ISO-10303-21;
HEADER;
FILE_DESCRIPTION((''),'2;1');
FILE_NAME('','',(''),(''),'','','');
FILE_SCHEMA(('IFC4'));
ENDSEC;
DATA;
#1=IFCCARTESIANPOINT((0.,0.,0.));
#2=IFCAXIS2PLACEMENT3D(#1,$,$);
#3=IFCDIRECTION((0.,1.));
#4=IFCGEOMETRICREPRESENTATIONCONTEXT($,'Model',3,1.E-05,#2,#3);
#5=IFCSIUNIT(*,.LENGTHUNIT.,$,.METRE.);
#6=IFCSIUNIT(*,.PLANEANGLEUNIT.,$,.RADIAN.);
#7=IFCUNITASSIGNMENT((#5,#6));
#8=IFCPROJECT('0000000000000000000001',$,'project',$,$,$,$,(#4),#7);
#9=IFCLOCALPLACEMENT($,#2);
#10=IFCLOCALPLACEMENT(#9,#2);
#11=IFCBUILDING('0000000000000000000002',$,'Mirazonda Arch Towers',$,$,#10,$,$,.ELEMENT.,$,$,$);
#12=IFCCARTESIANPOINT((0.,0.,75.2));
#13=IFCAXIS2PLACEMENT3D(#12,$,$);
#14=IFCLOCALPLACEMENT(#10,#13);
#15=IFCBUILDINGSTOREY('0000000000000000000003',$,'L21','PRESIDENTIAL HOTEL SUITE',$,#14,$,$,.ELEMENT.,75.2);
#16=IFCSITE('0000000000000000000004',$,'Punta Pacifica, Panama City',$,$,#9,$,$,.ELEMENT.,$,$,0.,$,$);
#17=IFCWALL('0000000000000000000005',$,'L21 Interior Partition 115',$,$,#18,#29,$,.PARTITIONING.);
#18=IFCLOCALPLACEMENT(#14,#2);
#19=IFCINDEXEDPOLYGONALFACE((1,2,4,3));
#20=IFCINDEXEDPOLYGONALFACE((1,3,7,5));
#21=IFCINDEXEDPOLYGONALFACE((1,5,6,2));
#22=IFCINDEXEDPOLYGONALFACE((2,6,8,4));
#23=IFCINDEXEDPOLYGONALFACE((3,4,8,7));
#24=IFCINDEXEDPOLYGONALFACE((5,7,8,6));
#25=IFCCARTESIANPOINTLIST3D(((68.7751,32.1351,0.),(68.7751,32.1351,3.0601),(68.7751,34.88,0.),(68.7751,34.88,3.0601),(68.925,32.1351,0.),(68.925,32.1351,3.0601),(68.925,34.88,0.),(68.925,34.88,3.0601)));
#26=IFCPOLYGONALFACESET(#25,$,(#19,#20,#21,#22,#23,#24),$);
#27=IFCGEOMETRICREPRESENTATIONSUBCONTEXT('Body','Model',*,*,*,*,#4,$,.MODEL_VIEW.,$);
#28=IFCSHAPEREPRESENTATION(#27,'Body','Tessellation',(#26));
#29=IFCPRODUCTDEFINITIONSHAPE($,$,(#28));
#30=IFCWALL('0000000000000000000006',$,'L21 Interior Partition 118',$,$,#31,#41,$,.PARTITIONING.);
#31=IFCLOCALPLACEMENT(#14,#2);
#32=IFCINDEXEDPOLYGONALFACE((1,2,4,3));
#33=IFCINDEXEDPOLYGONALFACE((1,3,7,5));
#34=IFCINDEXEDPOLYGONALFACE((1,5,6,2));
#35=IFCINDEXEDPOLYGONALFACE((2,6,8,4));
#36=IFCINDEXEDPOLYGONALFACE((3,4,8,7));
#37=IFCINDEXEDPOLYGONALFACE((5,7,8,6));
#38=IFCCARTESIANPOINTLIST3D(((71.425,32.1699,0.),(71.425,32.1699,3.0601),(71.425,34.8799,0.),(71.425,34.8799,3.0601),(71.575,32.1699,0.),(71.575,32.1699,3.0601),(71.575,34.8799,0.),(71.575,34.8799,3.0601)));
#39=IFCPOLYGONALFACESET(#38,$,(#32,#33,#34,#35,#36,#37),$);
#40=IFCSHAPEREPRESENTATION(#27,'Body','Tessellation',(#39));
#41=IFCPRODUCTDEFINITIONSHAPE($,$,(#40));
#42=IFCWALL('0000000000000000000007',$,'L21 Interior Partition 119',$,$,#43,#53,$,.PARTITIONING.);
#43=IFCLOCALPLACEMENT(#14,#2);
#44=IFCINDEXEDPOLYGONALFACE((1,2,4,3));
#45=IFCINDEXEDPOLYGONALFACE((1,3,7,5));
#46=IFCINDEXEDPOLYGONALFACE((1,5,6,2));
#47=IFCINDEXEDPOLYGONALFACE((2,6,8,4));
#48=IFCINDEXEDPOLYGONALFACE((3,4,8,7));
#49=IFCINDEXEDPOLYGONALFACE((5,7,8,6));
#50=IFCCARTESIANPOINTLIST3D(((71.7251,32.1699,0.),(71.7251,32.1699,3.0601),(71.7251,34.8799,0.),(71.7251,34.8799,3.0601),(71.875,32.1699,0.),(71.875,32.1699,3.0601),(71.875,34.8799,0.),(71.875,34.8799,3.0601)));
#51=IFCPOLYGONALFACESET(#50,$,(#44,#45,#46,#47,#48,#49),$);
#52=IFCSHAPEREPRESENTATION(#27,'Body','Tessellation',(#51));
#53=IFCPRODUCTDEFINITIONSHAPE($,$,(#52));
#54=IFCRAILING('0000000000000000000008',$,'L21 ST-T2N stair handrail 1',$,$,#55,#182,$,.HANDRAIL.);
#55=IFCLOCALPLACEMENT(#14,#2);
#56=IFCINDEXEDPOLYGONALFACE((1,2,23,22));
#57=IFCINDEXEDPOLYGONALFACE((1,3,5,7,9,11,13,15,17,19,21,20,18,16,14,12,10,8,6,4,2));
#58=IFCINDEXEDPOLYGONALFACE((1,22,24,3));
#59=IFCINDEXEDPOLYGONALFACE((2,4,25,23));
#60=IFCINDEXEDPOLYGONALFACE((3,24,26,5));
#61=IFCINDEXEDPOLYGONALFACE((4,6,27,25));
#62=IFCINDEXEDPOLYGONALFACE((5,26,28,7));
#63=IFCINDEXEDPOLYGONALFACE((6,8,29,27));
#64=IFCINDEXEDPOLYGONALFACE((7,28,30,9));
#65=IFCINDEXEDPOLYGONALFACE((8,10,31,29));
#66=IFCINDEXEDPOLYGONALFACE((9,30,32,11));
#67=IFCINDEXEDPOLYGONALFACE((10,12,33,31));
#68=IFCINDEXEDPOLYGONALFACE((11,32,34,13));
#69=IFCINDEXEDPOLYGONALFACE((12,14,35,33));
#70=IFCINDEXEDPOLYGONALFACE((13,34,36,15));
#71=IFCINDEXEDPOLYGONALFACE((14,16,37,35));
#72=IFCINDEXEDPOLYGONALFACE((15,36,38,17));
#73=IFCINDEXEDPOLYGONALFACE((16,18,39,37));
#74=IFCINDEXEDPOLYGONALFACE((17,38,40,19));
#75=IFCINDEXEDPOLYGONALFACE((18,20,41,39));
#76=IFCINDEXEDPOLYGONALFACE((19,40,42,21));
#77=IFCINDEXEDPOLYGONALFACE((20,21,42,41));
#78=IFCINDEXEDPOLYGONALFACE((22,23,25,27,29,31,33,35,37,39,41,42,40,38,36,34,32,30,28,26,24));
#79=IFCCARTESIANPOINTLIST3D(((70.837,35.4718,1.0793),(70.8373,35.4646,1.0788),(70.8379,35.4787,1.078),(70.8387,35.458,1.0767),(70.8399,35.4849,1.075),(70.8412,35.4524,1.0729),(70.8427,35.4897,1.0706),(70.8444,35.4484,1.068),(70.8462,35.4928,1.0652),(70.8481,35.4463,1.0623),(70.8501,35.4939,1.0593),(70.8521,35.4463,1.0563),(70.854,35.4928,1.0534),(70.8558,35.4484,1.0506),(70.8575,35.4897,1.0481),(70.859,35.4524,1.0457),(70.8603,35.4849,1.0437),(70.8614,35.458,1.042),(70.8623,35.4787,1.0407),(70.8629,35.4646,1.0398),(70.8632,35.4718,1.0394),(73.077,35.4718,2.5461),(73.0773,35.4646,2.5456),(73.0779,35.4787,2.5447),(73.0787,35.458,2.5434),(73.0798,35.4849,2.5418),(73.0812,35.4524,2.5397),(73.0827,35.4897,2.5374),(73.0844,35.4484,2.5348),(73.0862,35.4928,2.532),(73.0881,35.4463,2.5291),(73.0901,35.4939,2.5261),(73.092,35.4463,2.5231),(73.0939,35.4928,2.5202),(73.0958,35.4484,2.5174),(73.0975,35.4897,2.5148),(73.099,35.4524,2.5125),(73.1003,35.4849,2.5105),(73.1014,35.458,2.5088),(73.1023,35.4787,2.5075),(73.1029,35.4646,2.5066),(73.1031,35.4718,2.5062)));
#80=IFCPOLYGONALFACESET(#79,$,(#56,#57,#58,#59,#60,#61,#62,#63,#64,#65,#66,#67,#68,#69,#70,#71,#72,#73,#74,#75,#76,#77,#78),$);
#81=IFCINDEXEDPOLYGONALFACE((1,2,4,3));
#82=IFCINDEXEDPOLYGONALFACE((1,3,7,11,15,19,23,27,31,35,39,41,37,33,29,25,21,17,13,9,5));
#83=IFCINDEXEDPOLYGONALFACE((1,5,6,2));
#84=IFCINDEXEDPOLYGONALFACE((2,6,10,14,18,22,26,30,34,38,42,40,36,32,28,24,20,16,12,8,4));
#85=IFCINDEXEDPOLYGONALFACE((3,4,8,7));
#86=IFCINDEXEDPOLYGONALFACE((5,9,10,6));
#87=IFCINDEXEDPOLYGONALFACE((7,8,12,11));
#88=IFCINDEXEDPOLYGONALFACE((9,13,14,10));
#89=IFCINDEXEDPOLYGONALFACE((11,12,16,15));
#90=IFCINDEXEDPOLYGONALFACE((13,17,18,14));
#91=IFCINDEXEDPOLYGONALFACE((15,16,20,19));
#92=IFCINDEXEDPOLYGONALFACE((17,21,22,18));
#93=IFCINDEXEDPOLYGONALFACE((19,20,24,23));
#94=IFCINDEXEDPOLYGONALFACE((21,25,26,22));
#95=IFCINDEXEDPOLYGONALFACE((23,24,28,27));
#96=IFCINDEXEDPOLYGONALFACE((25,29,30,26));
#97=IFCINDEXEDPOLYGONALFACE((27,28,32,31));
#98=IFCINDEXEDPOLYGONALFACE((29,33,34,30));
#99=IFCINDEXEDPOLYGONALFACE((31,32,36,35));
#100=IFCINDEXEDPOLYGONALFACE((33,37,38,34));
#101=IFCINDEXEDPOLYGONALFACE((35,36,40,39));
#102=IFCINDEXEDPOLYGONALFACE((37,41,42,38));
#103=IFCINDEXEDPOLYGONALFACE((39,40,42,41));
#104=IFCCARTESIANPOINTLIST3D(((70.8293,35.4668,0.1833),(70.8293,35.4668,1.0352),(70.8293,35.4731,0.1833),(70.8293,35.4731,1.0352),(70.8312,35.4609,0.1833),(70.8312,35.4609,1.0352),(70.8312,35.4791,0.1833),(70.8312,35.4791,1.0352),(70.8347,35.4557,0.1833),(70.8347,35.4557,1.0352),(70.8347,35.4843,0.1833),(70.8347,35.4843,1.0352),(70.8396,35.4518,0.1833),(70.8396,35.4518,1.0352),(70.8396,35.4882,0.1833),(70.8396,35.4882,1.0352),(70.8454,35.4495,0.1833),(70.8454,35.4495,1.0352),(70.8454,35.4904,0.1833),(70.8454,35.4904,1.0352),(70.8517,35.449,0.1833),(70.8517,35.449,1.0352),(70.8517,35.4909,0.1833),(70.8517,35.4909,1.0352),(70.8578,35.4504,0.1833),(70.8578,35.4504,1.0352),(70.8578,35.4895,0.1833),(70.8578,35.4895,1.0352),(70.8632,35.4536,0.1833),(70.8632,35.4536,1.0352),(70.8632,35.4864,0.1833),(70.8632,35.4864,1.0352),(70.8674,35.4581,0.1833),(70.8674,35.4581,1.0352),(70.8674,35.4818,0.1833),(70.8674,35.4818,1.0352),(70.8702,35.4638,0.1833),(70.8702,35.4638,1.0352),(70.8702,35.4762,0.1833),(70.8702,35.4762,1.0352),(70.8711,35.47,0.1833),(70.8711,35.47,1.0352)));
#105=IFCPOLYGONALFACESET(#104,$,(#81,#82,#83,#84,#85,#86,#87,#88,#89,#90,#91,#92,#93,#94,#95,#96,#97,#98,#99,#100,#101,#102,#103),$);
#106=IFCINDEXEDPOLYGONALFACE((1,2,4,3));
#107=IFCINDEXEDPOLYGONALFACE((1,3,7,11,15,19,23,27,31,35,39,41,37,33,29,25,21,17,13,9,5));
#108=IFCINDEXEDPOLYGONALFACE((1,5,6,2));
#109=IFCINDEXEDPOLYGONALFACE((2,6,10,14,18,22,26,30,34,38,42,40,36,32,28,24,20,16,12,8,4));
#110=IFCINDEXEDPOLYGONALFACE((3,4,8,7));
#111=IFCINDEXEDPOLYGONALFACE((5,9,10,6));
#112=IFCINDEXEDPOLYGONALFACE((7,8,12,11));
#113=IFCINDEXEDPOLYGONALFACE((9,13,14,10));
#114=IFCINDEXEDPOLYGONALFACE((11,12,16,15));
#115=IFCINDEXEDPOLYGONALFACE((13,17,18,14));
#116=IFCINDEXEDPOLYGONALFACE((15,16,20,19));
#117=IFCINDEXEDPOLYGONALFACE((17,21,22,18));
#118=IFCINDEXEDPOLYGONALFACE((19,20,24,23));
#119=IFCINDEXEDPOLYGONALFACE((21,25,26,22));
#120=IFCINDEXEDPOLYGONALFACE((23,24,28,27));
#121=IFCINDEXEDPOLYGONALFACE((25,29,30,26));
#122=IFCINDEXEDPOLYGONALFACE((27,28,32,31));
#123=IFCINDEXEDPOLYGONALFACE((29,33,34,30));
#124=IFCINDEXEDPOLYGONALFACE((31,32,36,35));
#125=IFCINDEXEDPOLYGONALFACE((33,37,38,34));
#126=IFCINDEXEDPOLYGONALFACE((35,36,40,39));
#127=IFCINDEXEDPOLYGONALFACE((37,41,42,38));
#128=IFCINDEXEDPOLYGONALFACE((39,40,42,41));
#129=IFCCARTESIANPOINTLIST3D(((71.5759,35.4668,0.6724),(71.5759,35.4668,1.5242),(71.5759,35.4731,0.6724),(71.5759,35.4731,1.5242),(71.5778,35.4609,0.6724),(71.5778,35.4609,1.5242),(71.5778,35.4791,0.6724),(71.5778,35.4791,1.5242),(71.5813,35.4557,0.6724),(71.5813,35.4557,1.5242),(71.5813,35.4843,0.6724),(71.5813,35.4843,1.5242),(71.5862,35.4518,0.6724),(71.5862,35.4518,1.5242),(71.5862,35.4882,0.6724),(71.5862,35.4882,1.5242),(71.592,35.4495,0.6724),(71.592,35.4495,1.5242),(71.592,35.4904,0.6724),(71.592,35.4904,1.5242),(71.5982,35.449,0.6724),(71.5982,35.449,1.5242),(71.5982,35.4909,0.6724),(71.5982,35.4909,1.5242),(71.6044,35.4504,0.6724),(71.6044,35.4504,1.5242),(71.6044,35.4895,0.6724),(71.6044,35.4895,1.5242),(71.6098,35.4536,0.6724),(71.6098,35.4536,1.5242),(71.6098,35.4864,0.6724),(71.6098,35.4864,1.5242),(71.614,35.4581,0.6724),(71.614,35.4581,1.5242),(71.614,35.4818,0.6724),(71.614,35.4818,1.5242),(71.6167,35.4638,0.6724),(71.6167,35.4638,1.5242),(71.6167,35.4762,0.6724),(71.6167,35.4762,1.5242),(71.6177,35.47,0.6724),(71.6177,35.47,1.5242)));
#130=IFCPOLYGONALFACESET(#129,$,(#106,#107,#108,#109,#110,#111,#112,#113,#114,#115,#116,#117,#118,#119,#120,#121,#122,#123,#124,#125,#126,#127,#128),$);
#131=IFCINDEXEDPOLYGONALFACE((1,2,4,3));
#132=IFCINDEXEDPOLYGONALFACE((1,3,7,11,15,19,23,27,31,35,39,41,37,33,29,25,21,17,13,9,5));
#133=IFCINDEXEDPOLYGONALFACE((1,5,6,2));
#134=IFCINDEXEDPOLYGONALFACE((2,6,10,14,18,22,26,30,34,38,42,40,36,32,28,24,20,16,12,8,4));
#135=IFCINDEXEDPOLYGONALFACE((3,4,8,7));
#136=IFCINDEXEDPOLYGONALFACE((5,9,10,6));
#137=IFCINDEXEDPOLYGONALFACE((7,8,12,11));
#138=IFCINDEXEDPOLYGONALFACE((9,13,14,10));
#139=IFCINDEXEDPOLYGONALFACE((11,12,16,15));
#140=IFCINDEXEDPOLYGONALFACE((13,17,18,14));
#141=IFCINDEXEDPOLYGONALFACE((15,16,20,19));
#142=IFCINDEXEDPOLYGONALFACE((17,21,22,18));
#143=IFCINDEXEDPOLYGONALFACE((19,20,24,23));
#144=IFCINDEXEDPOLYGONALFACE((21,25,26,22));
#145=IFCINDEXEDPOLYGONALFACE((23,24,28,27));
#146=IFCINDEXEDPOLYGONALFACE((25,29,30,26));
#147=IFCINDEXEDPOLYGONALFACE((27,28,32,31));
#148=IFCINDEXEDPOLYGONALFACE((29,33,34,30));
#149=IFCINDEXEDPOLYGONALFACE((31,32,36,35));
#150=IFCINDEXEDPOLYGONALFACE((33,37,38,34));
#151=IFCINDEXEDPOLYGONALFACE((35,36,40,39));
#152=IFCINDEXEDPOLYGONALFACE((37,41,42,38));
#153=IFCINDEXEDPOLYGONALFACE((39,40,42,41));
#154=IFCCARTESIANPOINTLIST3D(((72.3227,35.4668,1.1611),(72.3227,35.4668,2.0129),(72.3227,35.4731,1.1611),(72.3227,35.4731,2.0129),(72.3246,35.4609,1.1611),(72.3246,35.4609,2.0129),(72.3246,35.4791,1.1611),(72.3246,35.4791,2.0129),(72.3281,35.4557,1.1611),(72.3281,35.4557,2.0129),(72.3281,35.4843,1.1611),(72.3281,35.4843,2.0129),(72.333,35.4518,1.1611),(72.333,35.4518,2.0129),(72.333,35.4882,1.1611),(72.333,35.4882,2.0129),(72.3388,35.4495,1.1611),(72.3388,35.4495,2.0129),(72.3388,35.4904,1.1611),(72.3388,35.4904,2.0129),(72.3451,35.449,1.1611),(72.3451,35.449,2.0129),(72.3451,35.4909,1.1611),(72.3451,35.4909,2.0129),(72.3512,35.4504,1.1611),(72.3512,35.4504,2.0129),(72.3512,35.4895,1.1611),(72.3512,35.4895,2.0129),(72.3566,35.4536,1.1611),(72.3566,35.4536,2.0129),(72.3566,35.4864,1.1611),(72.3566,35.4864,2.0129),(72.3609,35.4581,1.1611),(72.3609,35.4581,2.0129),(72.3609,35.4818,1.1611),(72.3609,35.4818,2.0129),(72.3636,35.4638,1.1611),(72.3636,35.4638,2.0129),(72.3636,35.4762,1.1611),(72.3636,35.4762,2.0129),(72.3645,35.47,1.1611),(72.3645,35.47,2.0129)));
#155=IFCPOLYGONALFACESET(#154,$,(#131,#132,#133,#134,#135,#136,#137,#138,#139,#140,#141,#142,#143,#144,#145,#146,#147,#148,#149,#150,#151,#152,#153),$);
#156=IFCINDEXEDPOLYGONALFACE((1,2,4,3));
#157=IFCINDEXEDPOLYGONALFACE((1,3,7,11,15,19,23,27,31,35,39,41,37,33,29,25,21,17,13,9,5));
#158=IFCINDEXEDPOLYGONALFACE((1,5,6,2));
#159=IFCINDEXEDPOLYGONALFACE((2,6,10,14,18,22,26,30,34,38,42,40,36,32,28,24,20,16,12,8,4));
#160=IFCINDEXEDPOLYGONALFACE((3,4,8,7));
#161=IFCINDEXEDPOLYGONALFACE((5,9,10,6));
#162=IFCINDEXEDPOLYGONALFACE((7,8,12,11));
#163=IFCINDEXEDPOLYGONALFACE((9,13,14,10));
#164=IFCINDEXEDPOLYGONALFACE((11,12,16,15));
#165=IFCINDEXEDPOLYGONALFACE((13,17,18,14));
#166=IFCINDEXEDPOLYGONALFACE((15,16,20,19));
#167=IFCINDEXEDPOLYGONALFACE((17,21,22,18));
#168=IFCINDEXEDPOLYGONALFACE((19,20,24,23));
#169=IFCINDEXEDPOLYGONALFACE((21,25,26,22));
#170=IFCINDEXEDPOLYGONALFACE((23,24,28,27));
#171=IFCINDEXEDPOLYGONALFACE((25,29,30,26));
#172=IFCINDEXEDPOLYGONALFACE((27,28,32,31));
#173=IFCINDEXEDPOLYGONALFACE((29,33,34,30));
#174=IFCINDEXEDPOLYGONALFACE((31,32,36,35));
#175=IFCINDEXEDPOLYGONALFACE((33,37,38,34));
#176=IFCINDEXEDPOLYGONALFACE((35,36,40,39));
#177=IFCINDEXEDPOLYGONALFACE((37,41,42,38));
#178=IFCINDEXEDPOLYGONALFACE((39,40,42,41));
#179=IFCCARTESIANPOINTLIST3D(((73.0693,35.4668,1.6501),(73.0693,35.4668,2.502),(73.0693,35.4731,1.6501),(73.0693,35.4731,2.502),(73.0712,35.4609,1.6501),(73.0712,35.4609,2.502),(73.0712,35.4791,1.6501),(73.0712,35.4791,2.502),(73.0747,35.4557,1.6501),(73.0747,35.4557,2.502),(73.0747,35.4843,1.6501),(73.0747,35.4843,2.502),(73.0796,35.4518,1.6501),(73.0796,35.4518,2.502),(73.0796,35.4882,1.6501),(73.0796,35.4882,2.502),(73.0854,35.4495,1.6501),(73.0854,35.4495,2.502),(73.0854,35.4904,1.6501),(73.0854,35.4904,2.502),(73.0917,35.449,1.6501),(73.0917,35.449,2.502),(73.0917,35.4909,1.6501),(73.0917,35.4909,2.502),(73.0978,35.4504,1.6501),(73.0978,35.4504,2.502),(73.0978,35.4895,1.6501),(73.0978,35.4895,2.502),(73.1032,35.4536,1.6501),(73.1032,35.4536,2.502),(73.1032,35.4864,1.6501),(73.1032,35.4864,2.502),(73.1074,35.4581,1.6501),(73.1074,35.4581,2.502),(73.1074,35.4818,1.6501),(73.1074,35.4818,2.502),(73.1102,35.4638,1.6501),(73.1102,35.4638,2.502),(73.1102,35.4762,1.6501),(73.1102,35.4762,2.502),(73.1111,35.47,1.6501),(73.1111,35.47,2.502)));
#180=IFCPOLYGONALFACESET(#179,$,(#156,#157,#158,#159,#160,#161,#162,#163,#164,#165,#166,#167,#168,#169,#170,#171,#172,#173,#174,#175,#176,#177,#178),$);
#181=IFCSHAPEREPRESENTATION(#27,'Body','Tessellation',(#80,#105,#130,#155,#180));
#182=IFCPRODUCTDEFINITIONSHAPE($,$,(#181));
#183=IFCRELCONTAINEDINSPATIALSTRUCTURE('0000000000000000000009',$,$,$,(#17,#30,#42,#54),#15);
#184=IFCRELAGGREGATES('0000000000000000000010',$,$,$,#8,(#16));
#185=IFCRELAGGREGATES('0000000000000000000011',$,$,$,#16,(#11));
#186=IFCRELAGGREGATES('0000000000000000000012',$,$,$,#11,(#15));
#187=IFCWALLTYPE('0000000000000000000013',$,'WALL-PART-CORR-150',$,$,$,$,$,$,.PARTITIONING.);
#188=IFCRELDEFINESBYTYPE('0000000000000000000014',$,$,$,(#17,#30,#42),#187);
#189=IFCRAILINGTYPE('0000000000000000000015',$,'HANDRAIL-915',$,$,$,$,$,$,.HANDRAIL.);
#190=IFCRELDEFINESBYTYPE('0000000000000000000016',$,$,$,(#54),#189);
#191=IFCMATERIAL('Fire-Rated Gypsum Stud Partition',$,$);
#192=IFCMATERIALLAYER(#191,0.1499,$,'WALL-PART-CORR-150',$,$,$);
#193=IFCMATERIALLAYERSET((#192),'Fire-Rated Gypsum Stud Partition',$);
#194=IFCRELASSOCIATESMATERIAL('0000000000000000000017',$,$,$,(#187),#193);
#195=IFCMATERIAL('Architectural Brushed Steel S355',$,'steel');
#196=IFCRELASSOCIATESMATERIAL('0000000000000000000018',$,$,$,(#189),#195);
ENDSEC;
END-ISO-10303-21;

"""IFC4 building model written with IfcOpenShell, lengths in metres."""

from ifc_helpers import new_model, si_unit, direction, frame, frame_2d, origin, origin_2d, place, context, subcontext, project, spatial, rectangle, circle, extrude, material, layer, layer_set, type_object, element, save


model = new_model("IFC4")

# Units and contexts
model_context = context("Model", 3, precision=1e-05, world=origin(), true_north=direction((0.0, 1.0)))
body_context = subcontext(model_context, "Body", "Model", "MODEL_VIEW")
ifc_project = project(units=[si_unit("LENGTHUNIT", "METRE"), si_unit("PLANEANGLEUNIT", "RADIAN")], contexts=[model_context])

# Site, building, storey
site_placement = place(None, origin())
site = spatial("IfcSite", under=ifc_project, at=site_placement, Name="Punta Pacifica, Panama City", CompositionType="ELEMENT", RefElevation=0.0)
building_placement = place(site_placement, origin())
building = spatial("IfcBuilding", under=site, at=building_placement, Name="Mirazonda Arch Towers", CompositionType="ELEMENT")
storey_placement = place(building_placement, frame((0.0, 0.0, 75.2)))
storey = spatial("IfcBuildingStorey", under=building, at=storey_placement, Name="L21", Description="PRESIDENTIAL HOTEL SUITE", CompositionType="ELEMENT", Elevation=75.2)

# Shared definitions
ifc_material_1 = material(Name="Architectural Brushed Steel S355", Category="steel")
ifc_material_2 = material(Name="Fire-Rated Gypsum Stud Partition")
ifc_layer_1 = layer(ifc_material_2, 0.1499, Name="WALL-PART-CORR-150")
ifc_layer_set_1 = layer_set([ifc_layer_1], Name="Fire-Rated Gypsum Stud Partition")
wall_type_1 = type_object("IfcWallType", Name="WALL-PART-CORR-150", PredefinedType="PARTITIONING", material=ifc_layer_set_1)

# Walls
wall_1_placement = place(storey_placement, frame((68.8501, 32.135, 0.0), z_axis=(0.0, 0.0, 1.0), x_axis=(0.0, 1.0, 0.0)))
element("IfcWall", 1, at=wall_1_placement, inside=storey, type_object=wall_type_1, Name="L21 Interior Partition 115", PredefinedType="PARTITIONING", context=body_context, shape_type="SweptSolid", body=[
    extrude(rectangle(XDim=2.7449, YDim=0.1499, at=frame_2d((1.3726, 0.0))), origin(), (0.0, 0.0, 1.0), 3.0601),
])
for number, where, z_axis, x_axis, name in (
    (2, (71.5, 32.1699, 0.0), (0.0, 0.0, 1.0), (0.0, 1.0, 0.0), "L21 Interior Partition 118"),
    (3, (71.8, 32.1699, 0.0), (0.0, 0.0, 1.0), (0.0, 1.0, 0.0), "L21 Interior Partition 119"),
):
    element("IfcWall", number, at=place(storey_placement, frame(where, z_axis=z_axis, x_axis=x_axis)), inside=storey, type_object=wall_type_1, Name=name, PredefinedType="PARTITIONING", context=body_context, shape_type="SweptSolid", body=[
        extrude(rectangle(XDim=2.71, YDim=0.1499, at=frame_2d((1.355, 0.0))), origin(), (0.0, 0.0, 1.0), 3.0601),
    ])

# Railing
railing_type = type_object("IfcRailingType", Name="HANDRAIL-915", PredefinedType="HANDRAIL", material=ifc_material_1)
railing_placement = place(storey_placement, frame((70.8501, 35.47, 0.1833)))
element("IfcRailing", 4, at=railing_placement, inside=storey, type_object=railing_type, Name="L21 ST-T2N stair handrail 1", PredefinedType="HANDRAIL", context=body_context, shape_type="SweptSolid", body=[
    extrude(circle(Radius=0.0239, at=origin_2d()), frame((0.0, 0.0, 0.876), z_axis=(0.836595, 0.0, 0.547822), x_axis=(0.0, 1.0, 0.0)), (0.0, 0.0, 1.0), 2.6775),
    extrude(circle(Radius=0.021, at=origin_2d()), origin(), (0.0, 0.0, 1.0), 0.8518),
    extrude(circle(Radius=0.021, at=origin_2d()), frame((0.7466, 0.0, 0.489)), (0.0, 0.0, 1.0), 0.8518),
    extrude(circle(Radius=0.021, at=origin_2d()), frame((1.4934, 0.0, 0.9778)), (0.0, 0.0, 1.0), 0.8518),
    extrude(circle(Radius=0.021, at=origin_2d()), frame((2.24, 0.0, 1.4668)), (0.0, 0.0, 1.0), 0.8518),
])

save(model, "model.ifc")
